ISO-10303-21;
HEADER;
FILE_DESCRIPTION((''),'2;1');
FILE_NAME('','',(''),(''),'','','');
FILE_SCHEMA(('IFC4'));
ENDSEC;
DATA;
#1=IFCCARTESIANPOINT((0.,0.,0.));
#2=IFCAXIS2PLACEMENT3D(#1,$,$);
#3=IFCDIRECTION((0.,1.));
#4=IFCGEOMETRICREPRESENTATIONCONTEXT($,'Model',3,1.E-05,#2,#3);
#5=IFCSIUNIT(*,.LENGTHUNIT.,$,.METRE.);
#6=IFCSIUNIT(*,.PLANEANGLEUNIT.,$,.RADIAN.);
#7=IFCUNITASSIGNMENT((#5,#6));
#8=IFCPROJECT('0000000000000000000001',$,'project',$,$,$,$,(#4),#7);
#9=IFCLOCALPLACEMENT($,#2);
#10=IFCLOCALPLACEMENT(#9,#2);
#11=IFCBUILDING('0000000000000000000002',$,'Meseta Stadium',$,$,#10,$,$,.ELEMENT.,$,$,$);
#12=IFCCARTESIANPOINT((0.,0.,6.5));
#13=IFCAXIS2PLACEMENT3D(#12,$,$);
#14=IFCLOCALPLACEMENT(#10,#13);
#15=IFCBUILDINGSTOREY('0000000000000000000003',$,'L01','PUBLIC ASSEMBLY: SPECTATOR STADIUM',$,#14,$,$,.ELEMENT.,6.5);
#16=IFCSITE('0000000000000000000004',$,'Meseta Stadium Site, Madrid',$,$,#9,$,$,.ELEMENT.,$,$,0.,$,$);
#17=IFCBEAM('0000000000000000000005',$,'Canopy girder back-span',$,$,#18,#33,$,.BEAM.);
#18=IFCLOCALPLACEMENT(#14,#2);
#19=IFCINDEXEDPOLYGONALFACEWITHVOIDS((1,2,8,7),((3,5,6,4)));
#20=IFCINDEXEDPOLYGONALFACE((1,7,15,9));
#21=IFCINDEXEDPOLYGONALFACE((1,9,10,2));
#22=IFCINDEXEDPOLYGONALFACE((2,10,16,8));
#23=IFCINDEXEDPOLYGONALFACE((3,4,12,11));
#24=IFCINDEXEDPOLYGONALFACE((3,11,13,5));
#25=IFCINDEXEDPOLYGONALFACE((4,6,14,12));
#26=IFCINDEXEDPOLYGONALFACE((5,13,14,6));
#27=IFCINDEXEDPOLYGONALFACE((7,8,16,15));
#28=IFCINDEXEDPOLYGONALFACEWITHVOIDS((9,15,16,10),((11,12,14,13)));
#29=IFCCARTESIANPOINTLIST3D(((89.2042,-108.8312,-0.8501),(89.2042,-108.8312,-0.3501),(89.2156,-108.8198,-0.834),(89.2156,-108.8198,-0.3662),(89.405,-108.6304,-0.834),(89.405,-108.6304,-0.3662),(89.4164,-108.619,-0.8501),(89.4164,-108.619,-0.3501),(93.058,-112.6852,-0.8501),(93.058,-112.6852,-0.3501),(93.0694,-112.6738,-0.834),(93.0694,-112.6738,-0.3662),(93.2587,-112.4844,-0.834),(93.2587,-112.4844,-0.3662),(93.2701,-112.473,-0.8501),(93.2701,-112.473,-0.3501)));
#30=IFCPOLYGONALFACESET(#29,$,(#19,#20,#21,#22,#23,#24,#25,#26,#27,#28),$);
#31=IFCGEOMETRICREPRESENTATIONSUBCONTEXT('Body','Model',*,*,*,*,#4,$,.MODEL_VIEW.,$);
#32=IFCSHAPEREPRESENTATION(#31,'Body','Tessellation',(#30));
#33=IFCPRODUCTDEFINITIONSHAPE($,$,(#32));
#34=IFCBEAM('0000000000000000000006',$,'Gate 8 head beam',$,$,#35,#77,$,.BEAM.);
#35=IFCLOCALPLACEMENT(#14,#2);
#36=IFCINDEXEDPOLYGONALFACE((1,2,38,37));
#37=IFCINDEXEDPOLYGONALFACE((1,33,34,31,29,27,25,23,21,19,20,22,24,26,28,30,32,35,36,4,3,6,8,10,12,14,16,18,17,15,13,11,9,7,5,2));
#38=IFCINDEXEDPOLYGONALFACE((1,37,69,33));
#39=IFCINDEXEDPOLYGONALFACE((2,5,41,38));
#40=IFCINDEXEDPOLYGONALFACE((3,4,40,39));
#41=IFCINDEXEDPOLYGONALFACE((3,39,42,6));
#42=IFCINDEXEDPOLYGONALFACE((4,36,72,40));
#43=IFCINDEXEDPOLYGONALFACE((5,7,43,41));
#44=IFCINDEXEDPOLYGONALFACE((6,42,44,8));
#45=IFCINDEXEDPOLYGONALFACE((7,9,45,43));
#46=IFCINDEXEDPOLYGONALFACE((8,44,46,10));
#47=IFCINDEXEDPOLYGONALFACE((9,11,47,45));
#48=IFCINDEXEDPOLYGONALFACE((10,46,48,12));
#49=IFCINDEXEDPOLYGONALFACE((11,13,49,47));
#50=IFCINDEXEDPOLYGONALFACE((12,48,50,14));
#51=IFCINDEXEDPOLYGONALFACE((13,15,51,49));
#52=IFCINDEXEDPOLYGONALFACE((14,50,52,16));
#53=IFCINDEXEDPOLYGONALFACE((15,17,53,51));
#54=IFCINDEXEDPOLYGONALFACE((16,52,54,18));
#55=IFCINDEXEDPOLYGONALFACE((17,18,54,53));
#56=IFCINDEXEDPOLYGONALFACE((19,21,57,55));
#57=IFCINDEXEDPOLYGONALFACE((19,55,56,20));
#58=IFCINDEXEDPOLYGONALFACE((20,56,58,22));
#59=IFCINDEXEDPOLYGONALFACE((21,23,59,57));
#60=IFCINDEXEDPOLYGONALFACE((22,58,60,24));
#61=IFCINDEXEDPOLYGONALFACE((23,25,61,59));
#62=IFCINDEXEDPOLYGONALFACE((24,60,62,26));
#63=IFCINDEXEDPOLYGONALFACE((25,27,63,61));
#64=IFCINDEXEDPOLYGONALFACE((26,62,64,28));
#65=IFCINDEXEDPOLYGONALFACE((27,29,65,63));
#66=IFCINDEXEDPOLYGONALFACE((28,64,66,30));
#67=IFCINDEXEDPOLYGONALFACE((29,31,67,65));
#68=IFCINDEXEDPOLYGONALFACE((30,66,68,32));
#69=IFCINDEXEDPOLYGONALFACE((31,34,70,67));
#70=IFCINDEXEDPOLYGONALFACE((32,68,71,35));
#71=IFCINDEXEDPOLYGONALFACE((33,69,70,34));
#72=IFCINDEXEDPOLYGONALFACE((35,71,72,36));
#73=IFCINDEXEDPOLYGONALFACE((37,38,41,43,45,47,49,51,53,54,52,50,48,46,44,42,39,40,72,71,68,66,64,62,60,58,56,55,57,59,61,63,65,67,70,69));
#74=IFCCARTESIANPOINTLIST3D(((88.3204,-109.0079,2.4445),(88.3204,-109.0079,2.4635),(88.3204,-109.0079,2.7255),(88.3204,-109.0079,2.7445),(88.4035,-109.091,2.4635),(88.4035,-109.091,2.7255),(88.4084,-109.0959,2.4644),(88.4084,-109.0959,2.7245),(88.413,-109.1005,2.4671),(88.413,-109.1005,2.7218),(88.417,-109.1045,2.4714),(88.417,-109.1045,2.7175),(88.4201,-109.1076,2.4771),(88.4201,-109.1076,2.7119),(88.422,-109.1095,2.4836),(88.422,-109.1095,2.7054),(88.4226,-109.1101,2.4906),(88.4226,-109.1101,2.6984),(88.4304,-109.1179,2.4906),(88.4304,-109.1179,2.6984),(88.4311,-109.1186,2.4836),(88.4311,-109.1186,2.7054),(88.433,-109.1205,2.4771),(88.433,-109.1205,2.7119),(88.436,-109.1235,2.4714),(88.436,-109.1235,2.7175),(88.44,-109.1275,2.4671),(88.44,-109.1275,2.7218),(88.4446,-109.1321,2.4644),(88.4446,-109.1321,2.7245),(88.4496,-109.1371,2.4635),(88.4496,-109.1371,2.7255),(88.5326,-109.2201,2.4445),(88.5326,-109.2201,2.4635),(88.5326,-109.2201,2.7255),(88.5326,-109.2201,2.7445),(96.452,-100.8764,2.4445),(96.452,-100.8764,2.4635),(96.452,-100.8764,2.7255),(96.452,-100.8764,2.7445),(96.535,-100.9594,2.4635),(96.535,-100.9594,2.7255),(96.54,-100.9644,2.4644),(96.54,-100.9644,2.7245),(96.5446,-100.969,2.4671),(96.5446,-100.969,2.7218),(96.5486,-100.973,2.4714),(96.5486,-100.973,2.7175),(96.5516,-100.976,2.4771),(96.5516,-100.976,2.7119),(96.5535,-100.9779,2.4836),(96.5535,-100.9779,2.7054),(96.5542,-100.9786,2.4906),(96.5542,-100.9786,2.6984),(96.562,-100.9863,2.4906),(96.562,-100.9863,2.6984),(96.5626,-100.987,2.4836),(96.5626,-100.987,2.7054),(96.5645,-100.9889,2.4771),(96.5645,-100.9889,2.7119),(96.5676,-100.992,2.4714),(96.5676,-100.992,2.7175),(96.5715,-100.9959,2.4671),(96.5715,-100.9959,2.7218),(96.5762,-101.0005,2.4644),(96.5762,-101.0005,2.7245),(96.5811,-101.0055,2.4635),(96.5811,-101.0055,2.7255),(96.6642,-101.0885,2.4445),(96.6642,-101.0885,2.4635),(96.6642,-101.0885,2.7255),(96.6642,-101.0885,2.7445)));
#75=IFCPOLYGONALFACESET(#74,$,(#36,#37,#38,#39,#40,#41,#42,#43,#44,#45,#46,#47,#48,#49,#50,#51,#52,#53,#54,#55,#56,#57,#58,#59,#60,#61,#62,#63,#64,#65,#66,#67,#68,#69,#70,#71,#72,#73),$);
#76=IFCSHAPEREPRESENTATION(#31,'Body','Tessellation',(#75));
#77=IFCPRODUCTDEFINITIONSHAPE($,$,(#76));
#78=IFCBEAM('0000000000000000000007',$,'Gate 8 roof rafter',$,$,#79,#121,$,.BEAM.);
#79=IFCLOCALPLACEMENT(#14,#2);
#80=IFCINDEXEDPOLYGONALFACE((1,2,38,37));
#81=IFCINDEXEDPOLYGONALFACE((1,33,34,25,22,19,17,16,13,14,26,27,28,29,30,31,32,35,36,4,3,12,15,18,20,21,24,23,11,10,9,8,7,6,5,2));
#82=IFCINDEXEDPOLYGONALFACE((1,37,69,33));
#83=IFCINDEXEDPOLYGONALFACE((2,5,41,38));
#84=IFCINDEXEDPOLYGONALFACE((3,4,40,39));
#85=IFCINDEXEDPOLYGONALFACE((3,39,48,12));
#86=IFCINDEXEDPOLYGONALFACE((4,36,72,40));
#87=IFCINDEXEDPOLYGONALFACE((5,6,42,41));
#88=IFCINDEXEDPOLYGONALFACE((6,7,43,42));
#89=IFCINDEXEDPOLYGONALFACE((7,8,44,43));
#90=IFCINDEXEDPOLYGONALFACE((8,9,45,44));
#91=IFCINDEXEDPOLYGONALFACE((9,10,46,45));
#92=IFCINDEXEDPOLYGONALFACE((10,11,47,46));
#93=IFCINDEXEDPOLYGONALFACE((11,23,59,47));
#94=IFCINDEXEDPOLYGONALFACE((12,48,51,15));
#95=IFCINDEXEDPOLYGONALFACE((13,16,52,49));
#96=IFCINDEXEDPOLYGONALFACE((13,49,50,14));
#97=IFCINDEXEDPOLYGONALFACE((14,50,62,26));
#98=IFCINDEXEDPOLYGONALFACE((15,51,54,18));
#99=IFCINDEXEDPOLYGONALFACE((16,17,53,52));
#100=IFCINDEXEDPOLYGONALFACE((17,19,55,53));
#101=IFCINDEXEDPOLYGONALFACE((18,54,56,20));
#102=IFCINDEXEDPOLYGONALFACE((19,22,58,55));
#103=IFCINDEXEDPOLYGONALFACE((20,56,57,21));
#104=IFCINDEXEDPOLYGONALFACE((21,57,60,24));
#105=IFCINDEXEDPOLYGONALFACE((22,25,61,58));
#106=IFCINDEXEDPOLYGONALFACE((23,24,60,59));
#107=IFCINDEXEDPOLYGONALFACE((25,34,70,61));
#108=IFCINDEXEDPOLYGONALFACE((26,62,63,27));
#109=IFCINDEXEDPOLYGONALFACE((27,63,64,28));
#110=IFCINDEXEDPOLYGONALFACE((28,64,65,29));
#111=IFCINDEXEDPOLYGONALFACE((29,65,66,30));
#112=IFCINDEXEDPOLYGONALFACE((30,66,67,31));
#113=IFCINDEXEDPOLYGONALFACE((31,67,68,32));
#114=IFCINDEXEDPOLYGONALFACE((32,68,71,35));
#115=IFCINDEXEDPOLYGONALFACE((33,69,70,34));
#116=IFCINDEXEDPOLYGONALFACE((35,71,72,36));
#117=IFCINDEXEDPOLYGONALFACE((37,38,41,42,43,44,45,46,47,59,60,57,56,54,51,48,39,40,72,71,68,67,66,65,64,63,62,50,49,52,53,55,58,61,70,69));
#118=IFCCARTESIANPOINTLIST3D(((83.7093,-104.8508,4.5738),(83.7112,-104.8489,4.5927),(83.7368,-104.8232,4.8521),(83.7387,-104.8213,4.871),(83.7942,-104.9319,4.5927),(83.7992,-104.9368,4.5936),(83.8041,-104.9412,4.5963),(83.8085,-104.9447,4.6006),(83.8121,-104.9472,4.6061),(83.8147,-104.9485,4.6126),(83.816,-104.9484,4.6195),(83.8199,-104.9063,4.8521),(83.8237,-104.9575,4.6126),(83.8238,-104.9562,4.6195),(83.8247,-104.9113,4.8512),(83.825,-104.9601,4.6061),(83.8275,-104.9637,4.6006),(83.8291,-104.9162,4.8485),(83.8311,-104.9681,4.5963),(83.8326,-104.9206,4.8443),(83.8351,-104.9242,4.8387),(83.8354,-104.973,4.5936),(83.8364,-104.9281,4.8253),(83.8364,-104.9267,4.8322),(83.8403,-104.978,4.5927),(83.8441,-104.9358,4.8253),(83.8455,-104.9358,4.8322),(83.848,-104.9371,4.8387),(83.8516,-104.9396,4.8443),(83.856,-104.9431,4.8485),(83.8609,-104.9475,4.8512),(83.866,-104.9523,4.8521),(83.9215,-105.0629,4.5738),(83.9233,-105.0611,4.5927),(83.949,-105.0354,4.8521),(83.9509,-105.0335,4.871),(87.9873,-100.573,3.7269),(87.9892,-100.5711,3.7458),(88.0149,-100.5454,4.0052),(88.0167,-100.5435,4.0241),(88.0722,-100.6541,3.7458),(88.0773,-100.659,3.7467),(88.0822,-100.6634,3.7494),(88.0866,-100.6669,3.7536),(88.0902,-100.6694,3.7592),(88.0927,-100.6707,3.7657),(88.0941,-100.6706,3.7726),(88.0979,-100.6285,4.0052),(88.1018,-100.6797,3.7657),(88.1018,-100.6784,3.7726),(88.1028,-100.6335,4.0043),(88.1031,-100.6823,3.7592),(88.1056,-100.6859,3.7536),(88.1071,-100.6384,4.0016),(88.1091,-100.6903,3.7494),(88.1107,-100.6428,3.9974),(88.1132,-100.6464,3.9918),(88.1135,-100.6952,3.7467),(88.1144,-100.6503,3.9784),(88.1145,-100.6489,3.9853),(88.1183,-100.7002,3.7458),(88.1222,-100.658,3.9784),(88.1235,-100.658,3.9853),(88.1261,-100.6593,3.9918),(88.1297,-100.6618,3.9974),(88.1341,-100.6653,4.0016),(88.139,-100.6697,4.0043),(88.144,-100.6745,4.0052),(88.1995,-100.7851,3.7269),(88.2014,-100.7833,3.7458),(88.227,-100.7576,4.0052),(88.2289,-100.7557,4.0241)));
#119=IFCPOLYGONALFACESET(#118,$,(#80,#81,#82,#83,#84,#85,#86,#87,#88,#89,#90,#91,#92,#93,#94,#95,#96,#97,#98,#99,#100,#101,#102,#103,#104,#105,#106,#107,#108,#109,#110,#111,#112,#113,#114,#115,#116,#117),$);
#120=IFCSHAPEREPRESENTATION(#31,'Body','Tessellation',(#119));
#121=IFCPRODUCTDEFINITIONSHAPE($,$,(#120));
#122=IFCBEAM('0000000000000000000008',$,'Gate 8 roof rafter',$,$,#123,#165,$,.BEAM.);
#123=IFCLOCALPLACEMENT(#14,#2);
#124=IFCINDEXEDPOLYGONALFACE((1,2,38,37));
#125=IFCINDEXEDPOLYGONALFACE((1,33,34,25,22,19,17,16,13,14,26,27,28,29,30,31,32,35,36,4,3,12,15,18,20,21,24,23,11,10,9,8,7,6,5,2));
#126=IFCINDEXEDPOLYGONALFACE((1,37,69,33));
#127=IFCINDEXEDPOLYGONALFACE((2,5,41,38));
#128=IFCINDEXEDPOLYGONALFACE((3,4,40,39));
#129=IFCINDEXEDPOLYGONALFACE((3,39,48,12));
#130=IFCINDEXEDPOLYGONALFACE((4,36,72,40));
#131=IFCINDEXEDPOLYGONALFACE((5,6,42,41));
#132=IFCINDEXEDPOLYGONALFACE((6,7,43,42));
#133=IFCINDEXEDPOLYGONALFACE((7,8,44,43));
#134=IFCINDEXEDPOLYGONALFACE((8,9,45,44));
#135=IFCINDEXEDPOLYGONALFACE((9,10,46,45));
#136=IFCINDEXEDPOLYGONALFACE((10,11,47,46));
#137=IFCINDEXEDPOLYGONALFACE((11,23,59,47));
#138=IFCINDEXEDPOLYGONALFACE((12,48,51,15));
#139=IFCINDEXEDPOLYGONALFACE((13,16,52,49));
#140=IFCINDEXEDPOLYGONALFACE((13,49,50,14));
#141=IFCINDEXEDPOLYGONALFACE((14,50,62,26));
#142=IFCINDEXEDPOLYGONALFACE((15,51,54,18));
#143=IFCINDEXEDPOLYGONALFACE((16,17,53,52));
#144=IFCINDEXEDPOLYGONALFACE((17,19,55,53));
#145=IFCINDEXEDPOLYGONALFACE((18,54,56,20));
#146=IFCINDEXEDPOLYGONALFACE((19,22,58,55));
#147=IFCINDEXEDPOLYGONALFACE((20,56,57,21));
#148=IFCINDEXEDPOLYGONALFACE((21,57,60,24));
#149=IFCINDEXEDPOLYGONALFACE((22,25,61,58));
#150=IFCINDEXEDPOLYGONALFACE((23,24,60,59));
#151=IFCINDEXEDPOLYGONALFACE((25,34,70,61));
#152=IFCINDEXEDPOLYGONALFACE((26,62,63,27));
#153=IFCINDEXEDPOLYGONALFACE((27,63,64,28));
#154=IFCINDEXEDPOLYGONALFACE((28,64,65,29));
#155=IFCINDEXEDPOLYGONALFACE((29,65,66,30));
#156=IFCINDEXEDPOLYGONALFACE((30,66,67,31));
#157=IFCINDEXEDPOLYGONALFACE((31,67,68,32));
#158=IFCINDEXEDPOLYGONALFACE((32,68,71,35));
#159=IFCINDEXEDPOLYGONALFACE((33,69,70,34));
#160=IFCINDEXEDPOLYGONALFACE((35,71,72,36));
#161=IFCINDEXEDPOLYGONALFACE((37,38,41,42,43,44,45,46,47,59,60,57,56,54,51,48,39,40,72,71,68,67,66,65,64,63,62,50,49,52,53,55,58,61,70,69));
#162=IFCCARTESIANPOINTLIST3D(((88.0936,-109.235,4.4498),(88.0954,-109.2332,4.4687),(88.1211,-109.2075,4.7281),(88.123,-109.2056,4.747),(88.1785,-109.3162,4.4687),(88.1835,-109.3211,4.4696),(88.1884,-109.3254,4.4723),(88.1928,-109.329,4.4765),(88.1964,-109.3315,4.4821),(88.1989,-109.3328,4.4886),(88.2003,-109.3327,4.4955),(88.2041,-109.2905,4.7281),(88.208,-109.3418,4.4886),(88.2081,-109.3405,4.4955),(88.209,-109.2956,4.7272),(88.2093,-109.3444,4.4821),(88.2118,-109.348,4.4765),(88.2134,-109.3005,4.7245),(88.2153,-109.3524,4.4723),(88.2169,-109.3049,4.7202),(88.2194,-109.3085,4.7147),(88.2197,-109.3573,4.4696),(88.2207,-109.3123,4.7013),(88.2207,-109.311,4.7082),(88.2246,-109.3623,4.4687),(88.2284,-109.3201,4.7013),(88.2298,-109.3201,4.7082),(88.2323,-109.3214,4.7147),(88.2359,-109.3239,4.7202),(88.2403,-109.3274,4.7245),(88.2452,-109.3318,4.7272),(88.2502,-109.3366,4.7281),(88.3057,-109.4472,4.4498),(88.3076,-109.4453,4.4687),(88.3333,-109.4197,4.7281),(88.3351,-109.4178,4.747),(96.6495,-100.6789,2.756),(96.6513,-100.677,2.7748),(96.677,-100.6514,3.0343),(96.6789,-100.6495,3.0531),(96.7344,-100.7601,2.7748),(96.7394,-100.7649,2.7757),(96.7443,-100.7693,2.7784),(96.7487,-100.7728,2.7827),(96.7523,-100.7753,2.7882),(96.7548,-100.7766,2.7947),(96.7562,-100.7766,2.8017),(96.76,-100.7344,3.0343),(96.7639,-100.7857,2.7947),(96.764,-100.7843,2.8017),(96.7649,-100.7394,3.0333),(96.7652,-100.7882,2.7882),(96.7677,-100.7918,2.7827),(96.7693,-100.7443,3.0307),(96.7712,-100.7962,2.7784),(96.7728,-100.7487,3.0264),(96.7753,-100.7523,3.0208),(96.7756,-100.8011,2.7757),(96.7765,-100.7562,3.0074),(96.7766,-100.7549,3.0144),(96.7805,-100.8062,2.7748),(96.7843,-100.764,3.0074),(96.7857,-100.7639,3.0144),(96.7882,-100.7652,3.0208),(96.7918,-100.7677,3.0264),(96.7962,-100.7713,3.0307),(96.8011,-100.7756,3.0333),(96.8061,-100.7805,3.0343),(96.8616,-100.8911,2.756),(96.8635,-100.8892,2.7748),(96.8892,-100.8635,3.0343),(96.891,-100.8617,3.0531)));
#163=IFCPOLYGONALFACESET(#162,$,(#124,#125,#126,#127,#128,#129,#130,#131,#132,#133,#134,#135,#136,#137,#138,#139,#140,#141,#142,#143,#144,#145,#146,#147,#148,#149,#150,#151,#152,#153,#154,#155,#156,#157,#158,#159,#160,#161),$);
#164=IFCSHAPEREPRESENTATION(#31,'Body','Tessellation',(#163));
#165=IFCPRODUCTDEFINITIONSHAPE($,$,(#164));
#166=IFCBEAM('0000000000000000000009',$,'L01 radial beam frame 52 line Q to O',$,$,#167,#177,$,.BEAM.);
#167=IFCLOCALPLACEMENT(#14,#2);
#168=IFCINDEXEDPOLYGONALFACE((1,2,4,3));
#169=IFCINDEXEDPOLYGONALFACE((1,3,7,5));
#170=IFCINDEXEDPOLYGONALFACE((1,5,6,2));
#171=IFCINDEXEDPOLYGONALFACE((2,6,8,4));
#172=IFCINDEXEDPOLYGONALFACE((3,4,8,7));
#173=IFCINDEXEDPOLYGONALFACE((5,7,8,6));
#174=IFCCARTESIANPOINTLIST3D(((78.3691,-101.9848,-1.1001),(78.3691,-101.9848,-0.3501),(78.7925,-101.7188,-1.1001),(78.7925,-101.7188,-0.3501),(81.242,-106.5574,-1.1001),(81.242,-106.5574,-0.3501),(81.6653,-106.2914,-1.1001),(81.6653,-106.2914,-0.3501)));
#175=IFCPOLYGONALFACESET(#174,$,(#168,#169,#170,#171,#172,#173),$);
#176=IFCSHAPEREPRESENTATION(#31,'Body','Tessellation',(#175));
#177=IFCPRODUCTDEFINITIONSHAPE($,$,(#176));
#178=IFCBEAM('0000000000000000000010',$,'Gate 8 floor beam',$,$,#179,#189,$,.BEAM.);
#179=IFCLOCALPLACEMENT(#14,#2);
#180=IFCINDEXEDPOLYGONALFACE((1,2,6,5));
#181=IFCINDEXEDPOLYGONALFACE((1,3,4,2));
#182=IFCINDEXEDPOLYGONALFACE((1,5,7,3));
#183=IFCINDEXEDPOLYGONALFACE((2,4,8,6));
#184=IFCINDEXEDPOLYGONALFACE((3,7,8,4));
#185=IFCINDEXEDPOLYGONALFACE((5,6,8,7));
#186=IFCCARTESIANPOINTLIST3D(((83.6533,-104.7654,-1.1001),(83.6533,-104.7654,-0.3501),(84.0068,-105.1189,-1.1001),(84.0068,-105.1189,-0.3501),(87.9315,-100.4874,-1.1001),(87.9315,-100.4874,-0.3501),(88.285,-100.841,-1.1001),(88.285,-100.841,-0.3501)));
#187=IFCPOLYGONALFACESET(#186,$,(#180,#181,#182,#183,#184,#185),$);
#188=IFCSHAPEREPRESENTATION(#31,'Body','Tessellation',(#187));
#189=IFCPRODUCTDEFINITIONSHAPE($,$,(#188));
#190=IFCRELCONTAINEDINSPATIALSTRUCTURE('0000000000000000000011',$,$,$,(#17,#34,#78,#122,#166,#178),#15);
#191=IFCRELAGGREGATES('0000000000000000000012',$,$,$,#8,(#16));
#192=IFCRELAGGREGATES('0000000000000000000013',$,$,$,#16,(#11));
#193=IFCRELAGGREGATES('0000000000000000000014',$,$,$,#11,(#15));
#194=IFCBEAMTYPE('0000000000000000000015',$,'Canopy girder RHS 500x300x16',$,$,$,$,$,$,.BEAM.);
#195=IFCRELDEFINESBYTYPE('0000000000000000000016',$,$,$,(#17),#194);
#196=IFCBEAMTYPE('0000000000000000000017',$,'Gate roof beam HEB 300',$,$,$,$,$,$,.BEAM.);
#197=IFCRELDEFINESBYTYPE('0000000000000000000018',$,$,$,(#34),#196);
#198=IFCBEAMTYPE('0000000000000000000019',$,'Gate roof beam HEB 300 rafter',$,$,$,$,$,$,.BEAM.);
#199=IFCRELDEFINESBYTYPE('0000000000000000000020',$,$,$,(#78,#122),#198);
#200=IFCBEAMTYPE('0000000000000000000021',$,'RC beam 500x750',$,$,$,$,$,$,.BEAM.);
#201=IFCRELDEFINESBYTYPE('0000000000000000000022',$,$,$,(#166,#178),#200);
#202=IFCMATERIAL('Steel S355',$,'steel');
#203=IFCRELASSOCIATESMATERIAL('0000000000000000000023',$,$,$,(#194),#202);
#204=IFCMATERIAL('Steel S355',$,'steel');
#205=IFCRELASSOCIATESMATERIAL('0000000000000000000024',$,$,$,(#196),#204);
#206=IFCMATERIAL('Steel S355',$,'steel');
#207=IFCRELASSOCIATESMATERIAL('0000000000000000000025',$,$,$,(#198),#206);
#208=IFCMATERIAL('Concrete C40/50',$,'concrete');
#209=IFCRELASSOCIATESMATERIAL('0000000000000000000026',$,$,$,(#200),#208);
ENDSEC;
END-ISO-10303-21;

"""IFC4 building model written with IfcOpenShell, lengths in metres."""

from ifc_helpers import new_model, si_unit, direction, frame, origin, origin_2d, place, context, subcontext, project, spatial, rectangle, hollow_rectangle, i_section, extrude, material, material_profile, profile_set, type_object, element, save


model = new_model("IFC4")

# Units and contexts
model_context = context("Model", 3, precision=1e-05, world=origin(), true_north=direction((0.0, 1.0)))
body_context = subcontext(model_context, "Body", "Model", "MODEL_VIEW")
ifc_project = project(units=[si_unit("LENGTHUNIT", "METRE"), si_unit("PLANEANGLEUNIT", "RADIAN")], contexts=[model_context])

# Site, building, storey
site_placement = place(None, origin())
site = spatial("IfcSite", under=ifc_project, at=site_placement, Name="Meseta Stadium Site, Madrid", CompositionType="ELEMENT", RefElevation=0.0)
building_placement = place(site_placement, origin())
building = spatial("IfcBuilding", under=site, at=building_placement, Name="Meseta Stadium", CompositionType="ELEMENT")
storey_placement = place(building_placement, frame((0.0, 0.0, 6.5)))
storey = spatial("IfcBuildingStorey", under=building, at=storey_placement, Name="L01", Description="PUBLIC ASSEMBLY: SPECTATOR STADIUM", CompositionType="ELEMENT", Elevation=6.5)

# Beams
ifc_material_1 = material(Name="Steel S355", Category="steel")
ifc_material_profile_1 = material_profile(ifc_material_1, hollow_rectangle(XDim=0.3, YDim=0.5, WallThickness=0.0161, at=origin_2d()), Name="RHS 500x300x16")
ifc_profile_set_1 = profile_set([ifc_material_profile_1], Name="Steel S355")
beam_type_1 = type_object("IfcBeamType", Name="Canopy girder RHS 500x300x16", PredefinedType="BEAM", material=ifc_profile_set_1)
beam_1_placement = place(storey_placement, frame((89.3103, -108.7251, -0.6001), z_axis=(0.707084, -0.707129, 0.0), x_axis=(0.707129, 0.707084, 0.0)))
element("IfcBeam", 1, at=beam_1_placement, inside=storey, type_object=beam_type_1, Name="Canopy girder back-span", PredefinedType="BEAM", context=body_context, shape_type="SweptSolid", body=[
    extrude(hollow_rectangle(XDim=0.3, YDim=0.5, WallThickness=0.0161, at=origin_2d()), origin(), (0.0, 0.0, 1.0), 5.4502),
])
ifc_material_2 = material(Name="Steel S355", Category="steel")
ifc_material_profile_2 = material_profile(ifc_material_2, i_section(OverallWidth=0.3, OverallDepth=0.3, WebThickness=0.011, FlangeThickness=0.019, FilletRadius=0.0271, at=origin_2d()), Name="HEB 300")
ifc_profile_set_2 = profile_set([ifc_material_profile_2], Name="Steel S355")
beam_type_2 = type_object("IfcBeamType", Name="Gate roof beam HEB 300", PredefinedType="BEAM", material=ifc_profile_set_2)
beam_2_placement = place(storey_placement, frame((88.4265, -109.114, 2.5945), z_axis=(0.707107, 0.707107, 0.0), x_axis=(-0.707107, 0.707107, 0.0)))
element("IfcBeam", 2, at=beam_2_placement, inside=storey, type_object=beam_type_2, Name="Gate 8 head beam", PredefinedType="BEAM", context=body_context, shape_type="SweptSolid", body=[
    extrude(i_section(OverallWidth=0.3, OverallDepth=0.3, WebThickness=0.011, FlangeThickness=0.019, FilletRadius=0.0271, at=origin_2d()), origin(), (0.0, 0.0, 1.0), 11.4998),
])
ifc_material_3 = material(Name="Steel S355", Category="steel")
ifc_material_profile_3 = material_profile(ifc_material_3, i_section(OverallWidth=0.3, OverallDepth=0.3, WebThickness=0.011, FlangeThickness=0.019, FilletRadius=0.0271, at=origin_2d()), Name="HEB 300")
ifc_profile_set_3 = profile_set([ifc_material_profile_3], Name="Steel S355")
beam_type_3 = type_object("IfcBeamType", Name="Gate roof beam HEB 300 rafter", PredefinedType="BEAM", material=ifc_profile_set_3)
beam_3_placement = place(storey_placement, frame((83.8301, -104.9421, 4.7224), z_axis=(0.700298, 0.700258, -0.138637), x_axis=(-0.707087, 0.707127, 0.0)))
element("IfcBeam", 3, at=beam_3_placement, inside=storey, type_object=beam_type_3, Name="Gate 8 roof rafter", PredefinedType="BEAM", context=body_context, shape_type="SweptSolid", body=[
    extrude(i_section(OverallWidth=0.3, OverallDepth=0.3, WebThickness=0.011, FlangeThickness=0.019, FilletRadius=0.0271, at=origin_2d()), origin(), (0.0, 0.0, 1.0), 6.1089),
])
beam_4_placement = place(storey_placement, frame((88.2144, -109.3264, 4.5984), z_axis=(0.700269, 0.700289, -0.138635), x_axis=(-0.707117, 0.707097, 0.0)))
element("IfcBeam", 4, at=beam_4_placement, inside=storey, type_object=beam_type_3, Name="Gate 8 roof rafter", PredefinedType="BEAM", context=body_context, shape_type="SweptSolid", body=[
    extrude(i_section(OverallWidth=0.3, OverallDepth=0.3, WebThickness=0.011, FlangeThickness=0.019, FilletRadius=0.0271, at=origin_2d()), origin(), (0.0, 0.0, 1.0), 12.218),
])
ifc_material_4 = material(Name="Concrete C40/50", Category="concrete")
ifc_material_profile_4 = material_profile(ifc_material_4, rectangle(XDim=0.5, YDim=0.75, at=origin_2d()), Name="RC 500x750")
ifc_profile_set_4 = profile_set([ifc_material_profile_4], Name="Concrete C40/50")
beam_type_4 = type_object("IfcBeamType", Name="RC beam 500x750", PredefinedType="BEAM", material=ifc_profile_set_4)
beam_5_placement = place(storey_placement, frame((78.5808, -101.8518, -0.7251), z_axis=(0.531993, -0.846749, 0.0), x_axis=(0.846749, 0.531993, 0.0)))
element("IfcBeam", 5, at=beam_5_placement, inside=storey, type_object=beam_type_4, Name="L01 radial beam frame 52 line Q to O", PredefinedType="BEAM", context=body_context, shape_type="SweptSolid", body=[
    extrude(rectangle(XDim=0.5, YDim=0.75, at=origin_2d()), origin(), (0.0, 0.0, 1.0), 5.4001),
])
beam_6_placement = place(storey_placement, frame((83.8301, -104.9421, -0.7251), z_axis=(0.707127, 0.707087, 0.0), x_axis=(-0.707087, 0.707127, 0.0)))
element("IfcBeam", 6, at=beam_6_placement, inside=storey, type_object=beam_type_4, Name="Gate 8 floor beam", PredefinedType="BEAM", context=body_context, shape_type="SweptSolid", body=[
    extrude(rectangle(XDim=0.5, YDim=0.75, at=origin_2d()), origin(), (0.0, 0.0, 1.0), 6.05),
])

save(model, "model.ifc")
